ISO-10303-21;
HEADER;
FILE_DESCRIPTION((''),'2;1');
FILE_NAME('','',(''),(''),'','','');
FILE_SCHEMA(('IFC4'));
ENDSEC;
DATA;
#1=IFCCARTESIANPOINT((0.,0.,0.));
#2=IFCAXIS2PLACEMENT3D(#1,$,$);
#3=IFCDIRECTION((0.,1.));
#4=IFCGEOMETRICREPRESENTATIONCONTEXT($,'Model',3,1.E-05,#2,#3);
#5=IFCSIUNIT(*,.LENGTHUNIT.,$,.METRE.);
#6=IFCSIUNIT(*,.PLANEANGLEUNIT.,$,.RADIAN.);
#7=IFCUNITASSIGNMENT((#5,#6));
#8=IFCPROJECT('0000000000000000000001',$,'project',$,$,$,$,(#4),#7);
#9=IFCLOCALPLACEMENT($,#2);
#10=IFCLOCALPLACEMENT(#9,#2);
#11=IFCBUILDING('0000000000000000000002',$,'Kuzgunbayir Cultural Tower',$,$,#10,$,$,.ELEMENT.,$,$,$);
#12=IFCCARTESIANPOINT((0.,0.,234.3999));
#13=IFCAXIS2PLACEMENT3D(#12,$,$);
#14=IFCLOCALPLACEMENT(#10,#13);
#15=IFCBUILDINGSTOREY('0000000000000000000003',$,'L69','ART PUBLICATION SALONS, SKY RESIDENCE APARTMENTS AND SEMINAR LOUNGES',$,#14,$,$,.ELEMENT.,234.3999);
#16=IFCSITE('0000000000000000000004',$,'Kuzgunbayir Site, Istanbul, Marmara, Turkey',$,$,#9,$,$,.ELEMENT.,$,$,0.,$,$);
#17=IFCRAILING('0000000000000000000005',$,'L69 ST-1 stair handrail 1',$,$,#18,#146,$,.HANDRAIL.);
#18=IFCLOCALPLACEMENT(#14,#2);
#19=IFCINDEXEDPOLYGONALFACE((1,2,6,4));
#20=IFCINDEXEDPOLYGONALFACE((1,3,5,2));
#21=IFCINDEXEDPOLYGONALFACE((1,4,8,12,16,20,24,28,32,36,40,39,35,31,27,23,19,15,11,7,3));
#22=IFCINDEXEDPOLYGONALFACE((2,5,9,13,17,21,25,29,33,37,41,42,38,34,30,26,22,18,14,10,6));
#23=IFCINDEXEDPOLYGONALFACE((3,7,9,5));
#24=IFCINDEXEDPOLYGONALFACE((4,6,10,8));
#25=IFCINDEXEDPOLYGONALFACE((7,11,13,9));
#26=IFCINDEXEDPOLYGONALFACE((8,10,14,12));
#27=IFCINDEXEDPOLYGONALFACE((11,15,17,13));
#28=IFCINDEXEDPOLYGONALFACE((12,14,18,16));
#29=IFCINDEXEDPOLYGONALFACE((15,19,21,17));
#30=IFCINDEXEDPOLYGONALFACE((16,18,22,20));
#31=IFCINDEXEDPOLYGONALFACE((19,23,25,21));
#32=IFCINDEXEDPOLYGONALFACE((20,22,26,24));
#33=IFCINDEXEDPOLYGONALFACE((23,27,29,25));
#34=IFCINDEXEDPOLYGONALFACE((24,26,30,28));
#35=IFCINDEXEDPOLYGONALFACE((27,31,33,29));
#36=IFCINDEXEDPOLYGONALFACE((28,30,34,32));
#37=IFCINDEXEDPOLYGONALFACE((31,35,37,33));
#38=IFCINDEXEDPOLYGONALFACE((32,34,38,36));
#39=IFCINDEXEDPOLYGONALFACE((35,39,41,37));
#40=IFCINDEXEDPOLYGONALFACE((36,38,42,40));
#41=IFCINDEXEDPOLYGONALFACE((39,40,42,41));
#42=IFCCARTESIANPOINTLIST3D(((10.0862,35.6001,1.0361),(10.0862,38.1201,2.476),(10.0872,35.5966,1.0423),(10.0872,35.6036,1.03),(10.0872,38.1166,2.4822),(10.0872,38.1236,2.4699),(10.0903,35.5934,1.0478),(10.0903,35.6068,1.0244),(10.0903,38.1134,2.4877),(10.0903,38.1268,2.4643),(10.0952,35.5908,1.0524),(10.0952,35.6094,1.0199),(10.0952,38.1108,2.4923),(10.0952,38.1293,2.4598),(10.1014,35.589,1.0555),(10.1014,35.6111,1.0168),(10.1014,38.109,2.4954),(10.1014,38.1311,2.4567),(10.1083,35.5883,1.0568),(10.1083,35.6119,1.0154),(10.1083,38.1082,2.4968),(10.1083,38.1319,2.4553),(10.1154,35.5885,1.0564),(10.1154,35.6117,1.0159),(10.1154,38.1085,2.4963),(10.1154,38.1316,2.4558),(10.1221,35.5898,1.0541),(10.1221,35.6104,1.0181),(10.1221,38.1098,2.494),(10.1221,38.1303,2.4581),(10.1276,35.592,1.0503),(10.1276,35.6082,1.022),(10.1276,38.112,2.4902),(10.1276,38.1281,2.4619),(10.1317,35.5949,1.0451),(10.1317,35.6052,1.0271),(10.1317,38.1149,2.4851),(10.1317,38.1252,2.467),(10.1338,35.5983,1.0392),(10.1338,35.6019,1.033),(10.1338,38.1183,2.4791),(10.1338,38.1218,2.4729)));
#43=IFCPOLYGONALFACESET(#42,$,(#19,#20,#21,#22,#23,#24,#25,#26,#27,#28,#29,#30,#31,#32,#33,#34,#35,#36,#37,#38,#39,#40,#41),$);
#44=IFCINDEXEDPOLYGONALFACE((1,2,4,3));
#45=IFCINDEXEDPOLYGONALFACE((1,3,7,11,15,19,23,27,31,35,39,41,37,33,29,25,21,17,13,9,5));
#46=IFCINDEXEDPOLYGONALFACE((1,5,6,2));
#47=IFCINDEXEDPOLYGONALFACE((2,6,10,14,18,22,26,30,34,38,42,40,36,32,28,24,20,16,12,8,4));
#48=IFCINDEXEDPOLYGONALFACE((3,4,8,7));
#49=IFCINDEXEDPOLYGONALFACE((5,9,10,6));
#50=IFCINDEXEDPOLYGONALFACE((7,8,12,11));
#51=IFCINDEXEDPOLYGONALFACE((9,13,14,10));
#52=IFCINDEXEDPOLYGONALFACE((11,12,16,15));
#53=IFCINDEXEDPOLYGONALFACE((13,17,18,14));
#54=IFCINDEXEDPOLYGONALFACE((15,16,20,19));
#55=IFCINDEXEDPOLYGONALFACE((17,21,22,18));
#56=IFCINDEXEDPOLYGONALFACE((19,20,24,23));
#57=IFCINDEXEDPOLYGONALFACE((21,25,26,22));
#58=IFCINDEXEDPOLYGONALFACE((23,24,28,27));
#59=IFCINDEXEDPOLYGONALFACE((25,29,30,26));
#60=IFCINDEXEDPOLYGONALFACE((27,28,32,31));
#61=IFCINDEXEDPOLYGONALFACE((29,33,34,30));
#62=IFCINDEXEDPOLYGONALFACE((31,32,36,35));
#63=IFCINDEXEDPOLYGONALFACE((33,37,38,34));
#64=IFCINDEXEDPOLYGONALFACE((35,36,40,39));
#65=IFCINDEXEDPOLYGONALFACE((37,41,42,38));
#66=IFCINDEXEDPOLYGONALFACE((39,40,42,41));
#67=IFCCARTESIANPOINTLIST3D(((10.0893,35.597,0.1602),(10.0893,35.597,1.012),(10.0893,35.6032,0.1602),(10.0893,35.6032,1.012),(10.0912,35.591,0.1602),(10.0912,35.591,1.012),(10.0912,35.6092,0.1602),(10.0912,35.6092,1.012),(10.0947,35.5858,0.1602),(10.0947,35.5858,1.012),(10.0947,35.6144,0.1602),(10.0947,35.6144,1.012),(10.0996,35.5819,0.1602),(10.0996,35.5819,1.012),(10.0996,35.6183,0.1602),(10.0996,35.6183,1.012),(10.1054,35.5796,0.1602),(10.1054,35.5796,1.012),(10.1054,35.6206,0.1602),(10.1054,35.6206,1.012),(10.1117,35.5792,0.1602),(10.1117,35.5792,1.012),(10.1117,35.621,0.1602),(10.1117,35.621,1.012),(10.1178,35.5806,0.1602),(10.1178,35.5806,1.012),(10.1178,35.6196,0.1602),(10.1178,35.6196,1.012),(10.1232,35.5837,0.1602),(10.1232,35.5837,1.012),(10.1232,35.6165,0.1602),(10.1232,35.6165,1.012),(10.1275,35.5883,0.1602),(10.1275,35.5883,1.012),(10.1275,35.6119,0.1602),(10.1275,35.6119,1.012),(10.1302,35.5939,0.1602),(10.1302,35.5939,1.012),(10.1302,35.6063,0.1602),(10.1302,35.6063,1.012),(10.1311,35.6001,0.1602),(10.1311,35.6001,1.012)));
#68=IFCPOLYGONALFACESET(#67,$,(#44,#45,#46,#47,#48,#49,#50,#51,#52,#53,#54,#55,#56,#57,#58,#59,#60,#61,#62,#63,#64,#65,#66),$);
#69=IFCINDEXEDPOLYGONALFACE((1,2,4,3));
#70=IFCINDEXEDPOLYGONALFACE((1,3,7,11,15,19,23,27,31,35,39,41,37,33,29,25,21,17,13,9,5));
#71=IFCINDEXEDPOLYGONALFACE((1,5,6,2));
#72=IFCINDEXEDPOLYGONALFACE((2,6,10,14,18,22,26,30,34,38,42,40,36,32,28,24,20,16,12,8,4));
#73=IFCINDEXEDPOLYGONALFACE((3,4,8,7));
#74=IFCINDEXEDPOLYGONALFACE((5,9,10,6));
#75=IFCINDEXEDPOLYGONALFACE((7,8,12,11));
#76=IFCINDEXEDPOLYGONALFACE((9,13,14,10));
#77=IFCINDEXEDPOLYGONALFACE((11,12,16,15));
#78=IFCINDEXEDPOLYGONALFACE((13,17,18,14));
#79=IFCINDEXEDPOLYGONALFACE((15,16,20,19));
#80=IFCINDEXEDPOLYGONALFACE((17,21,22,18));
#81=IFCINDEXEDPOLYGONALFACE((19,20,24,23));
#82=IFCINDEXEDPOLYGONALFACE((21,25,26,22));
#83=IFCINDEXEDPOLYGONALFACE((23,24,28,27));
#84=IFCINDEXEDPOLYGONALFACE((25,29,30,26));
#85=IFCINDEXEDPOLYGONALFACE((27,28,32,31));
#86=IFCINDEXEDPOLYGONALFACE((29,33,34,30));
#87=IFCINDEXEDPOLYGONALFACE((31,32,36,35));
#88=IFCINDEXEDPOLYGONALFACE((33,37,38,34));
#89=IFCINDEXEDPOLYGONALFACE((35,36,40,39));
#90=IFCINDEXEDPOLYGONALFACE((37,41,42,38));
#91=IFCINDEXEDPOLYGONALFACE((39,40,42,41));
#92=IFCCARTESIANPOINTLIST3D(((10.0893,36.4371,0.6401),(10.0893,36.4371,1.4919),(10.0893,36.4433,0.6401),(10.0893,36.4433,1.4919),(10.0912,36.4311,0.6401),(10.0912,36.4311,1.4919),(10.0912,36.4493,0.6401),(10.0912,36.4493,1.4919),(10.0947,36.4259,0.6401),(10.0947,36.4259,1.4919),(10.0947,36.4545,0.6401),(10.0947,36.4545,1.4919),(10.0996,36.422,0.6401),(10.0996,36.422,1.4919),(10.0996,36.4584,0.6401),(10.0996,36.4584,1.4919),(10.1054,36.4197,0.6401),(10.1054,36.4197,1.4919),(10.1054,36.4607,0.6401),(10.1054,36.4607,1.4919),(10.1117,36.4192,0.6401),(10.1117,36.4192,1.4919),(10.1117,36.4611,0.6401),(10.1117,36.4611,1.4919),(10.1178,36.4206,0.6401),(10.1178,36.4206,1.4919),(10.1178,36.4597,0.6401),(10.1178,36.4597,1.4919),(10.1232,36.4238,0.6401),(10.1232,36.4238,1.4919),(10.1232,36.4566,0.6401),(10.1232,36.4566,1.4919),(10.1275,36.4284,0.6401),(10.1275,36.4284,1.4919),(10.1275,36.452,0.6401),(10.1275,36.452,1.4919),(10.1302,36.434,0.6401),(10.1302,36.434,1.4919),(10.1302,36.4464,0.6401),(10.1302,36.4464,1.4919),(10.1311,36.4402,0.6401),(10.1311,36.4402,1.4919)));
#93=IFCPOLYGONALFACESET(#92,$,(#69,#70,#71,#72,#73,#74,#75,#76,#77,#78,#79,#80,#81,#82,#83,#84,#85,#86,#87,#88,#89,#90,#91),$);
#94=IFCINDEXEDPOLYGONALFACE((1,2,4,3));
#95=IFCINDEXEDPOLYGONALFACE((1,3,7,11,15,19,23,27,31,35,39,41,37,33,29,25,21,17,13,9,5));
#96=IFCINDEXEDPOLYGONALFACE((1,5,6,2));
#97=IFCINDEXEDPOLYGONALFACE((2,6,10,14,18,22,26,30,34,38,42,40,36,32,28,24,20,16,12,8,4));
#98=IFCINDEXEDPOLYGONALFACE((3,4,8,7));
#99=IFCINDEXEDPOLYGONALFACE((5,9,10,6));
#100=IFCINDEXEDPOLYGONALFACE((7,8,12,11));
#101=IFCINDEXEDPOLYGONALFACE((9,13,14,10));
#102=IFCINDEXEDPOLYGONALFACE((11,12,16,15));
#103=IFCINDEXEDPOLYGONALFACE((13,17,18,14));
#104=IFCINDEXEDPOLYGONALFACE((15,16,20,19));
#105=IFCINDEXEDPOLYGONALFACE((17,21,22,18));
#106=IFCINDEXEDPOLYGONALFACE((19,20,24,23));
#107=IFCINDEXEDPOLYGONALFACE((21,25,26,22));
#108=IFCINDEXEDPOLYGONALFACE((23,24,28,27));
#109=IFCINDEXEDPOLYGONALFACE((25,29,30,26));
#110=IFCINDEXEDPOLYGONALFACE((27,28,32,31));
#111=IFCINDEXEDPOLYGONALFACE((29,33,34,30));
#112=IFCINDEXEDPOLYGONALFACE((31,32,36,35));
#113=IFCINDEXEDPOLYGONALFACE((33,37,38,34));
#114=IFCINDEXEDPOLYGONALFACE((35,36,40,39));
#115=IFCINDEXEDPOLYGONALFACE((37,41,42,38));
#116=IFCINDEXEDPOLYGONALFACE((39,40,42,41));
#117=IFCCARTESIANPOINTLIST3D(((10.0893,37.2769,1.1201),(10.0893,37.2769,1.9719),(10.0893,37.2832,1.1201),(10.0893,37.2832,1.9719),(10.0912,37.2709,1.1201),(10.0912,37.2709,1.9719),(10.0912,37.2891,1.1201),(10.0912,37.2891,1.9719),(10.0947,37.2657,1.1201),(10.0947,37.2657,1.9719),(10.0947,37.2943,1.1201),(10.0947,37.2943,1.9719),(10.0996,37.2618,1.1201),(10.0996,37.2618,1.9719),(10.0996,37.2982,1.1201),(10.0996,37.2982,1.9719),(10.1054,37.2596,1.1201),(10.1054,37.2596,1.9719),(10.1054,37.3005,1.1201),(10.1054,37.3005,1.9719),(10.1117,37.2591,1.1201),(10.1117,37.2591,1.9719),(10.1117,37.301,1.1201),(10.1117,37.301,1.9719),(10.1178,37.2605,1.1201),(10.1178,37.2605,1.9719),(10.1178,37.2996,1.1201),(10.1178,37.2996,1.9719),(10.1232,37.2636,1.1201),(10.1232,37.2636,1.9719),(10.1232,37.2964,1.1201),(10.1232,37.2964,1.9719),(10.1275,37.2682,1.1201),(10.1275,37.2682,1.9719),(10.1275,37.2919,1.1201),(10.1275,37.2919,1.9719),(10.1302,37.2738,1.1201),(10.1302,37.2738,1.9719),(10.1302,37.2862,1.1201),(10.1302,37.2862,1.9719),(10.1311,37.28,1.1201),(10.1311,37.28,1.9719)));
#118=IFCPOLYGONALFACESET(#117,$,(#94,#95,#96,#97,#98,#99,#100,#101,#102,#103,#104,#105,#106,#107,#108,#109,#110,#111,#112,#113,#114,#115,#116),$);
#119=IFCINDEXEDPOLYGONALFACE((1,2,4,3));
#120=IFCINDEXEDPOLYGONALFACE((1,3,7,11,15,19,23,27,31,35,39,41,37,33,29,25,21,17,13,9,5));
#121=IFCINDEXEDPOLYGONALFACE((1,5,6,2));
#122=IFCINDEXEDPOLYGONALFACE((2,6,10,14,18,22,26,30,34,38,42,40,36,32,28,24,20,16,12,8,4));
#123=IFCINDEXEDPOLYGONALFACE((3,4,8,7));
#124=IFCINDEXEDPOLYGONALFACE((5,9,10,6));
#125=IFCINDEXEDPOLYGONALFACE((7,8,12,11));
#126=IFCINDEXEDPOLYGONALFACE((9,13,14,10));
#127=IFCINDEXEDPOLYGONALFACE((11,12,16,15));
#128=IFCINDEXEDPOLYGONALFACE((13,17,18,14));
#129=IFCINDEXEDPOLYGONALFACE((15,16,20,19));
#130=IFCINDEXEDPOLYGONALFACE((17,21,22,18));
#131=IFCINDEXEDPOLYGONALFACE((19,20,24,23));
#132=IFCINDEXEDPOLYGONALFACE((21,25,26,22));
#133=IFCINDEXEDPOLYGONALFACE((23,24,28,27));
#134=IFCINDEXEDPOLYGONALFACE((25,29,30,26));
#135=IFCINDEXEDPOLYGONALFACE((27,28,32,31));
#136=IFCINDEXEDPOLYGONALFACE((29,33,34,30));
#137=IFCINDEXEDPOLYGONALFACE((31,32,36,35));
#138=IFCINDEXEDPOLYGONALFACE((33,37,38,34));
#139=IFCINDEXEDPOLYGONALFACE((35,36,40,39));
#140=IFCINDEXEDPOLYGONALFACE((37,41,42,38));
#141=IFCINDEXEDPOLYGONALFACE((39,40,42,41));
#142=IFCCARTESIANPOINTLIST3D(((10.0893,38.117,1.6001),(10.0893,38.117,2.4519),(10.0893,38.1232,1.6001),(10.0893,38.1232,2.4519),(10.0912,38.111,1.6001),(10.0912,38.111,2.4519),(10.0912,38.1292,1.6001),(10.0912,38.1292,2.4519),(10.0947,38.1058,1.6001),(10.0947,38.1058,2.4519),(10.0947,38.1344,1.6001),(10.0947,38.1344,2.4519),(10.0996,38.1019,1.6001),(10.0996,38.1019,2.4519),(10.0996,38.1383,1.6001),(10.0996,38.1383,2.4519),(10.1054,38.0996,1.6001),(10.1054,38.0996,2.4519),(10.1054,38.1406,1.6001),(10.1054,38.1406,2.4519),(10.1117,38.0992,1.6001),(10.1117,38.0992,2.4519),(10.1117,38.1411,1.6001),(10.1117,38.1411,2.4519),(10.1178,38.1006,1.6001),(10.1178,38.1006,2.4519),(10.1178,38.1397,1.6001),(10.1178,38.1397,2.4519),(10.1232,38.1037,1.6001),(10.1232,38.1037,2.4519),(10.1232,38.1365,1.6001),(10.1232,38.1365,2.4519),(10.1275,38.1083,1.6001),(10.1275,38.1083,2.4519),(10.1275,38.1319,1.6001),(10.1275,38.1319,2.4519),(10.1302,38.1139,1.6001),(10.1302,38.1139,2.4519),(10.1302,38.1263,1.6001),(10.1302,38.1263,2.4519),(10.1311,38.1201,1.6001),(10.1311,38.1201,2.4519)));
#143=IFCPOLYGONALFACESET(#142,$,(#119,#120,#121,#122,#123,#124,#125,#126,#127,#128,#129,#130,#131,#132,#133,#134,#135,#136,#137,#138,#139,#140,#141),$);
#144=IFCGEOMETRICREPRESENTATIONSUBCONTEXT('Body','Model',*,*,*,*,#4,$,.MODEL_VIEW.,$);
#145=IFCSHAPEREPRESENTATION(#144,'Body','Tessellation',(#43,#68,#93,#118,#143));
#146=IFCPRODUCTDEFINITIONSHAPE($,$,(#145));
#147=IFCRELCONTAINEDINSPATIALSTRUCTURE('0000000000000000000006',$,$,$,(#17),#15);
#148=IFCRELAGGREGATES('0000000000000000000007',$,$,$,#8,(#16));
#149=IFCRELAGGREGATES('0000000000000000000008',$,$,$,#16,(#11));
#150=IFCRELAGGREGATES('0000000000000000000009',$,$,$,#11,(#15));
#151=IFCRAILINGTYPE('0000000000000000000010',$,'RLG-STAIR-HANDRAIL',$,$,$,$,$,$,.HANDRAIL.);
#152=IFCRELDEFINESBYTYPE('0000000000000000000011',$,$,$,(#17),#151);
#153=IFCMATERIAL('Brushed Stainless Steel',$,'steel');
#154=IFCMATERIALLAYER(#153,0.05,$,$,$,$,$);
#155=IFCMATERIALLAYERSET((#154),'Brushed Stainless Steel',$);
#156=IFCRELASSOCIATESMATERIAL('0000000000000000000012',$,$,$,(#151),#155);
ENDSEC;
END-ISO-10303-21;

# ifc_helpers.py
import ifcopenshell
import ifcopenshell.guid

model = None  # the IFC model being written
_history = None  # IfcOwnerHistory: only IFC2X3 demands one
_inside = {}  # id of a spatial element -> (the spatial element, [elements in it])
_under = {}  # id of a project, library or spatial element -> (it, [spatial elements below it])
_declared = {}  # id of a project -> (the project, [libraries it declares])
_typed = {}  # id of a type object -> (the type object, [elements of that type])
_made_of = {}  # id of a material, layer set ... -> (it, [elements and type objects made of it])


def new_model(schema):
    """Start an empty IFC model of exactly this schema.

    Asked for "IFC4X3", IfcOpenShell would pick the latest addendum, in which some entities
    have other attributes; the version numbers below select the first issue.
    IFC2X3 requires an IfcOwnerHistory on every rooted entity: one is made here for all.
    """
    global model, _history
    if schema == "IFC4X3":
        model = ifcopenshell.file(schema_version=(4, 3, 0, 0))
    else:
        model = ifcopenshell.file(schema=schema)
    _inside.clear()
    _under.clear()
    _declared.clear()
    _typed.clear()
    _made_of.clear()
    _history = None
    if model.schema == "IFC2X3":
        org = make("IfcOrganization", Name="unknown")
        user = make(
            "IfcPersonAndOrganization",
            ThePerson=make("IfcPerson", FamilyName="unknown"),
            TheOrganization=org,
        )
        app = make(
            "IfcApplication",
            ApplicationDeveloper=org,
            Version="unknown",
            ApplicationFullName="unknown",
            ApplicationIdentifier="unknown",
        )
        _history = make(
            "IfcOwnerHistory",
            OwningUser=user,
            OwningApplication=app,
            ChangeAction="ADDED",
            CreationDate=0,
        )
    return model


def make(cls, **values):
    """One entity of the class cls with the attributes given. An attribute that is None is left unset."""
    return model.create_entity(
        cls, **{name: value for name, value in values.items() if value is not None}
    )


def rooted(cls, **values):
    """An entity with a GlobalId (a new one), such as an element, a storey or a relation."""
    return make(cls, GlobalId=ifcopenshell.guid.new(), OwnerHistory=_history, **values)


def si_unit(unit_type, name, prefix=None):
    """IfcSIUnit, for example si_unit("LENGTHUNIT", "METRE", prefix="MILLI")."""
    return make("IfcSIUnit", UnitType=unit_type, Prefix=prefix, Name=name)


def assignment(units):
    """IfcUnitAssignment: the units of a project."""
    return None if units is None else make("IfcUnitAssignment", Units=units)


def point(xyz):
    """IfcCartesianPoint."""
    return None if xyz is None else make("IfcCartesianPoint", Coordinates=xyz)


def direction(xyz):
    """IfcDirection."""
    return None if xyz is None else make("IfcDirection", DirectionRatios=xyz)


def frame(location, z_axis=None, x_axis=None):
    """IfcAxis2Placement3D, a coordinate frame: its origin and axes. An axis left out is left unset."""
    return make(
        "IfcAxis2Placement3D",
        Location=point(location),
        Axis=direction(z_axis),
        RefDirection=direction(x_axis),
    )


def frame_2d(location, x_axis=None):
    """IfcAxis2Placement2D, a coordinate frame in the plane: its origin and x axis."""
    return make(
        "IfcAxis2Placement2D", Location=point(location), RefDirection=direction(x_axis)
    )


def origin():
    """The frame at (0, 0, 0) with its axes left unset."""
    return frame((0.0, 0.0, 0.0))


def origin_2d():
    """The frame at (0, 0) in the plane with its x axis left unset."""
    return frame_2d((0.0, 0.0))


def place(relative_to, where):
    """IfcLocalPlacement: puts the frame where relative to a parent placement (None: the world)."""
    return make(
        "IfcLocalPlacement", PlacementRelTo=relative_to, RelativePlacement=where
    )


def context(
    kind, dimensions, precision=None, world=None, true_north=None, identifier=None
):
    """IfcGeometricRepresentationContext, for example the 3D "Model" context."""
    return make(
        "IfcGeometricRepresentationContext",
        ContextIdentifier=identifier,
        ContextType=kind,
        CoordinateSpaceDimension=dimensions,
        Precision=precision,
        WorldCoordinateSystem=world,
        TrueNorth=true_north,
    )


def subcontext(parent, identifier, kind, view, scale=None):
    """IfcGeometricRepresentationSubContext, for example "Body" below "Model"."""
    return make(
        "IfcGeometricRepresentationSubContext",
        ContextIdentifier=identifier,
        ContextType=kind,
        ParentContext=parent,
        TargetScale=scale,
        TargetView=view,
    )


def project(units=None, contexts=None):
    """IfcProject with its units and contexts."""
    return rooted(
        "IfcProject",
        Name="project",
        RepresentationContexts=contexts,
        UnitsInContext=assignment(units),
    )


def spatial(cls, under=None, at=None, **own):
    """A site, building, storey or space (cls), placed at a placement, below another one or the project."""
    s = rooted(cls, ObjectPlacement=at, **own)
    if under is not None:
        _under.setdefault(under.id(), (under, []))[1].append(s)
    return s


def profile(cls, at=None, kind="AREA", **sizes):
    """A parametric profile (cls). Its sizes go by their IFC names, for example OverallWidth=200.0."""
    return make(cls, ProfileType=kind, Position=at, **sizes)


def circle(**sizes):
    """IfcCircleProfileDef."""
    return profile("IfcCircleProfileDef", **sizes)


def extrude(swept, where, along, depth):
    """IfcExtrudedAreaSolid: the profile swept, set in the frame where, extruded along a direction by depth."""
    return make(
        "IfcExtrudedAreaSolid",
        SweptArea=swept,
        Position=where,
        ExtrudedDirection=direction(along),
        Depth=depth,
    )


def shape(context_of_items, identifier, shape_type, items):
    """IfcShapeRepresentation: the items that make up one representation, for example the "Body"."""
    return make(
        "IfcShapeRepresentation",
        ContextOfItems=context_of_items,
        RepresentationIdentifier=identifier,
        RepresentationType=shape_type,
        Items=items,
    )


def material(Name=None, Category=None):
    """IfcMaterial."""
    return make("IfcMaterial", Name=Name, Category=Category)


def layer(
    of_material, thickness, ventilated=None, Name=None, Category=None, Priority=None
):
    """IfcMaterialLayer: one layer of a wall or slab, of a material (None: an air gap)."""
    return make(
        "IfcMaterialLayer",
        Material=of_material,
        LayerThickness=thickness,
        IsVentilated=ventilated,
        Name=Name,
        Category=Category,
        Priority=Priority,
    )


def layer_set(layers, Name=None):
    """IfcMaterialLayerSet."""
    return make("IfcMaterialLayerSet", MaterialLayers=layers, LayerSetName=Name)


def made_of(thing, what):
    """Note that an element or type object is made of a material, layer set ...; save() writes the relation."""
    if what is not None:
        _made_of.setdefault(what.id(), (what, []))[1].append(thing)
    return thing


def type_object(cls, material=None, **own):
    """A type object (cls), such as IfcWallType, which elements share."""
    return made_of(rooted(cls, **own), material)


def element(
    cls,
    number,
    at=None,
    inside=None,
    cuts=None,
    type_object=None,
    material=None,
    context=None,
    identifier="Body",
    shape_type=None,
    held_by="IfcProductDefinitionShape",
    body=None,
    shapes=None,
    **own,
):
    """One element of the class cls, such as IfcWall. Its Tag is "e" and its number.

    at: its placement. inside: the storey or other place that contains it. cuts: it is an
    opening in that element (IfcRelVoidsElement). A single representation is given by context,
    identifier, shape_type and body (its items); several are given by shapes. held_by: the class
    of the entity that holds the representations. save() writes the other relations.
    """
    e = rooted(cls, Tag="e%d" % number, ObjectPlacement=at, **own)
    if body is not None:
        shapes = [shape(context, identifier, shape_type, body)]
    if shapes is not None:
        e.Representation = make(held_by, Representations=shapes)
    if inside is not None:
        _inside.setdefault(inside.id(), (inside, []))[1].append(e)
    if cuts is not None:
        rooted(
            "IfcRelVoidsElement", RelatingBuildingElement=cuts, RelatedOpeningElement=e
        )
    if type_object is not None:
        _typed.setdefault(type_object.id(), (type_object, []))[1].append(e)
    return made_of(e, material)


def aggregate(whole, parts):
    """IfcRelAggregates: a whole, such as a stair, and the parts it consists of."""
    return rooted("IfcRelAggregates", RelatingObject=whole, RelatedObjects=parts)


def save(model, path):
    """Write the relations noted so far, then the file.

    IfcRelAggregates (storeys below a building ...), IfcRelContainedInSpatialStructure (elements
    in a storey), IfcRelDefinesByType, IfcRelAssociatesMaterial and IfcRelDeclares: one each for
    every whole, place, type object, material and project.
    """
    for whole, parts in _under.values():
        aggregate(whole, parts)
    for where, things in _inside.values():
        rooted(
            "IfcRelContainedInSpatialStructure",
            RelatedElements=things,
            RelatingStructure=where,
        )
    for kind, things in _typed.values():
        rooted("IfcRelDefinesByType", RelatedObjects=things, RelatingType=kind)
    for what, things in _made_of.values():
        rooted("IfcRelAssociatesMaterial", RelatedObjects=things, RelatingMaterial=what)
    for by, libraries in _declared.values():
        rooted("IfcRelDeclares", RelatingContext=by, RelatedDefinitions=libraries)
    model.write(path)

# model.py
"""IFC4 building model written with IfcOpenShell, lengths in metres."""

from ifc_helpers import new_model, si_unit, direction, frame, origin, origin_2d, place, context, subcontext, project, spatial, circle, extrude, material, layer, layer_set, type_object, element, save


model = new_model("IFC4")

# Units and contexts
model_context = context("Model", 3, precision=1e-05, world=origin(), true_north=direction((0.0, 1.0)))
body_context = subcontext(model_context, "Body", "Model", "MODEL_VIEW")
ifc_project = project(units=[si_unit("LENGTHUNIT", "METRE"), si_unit("PLANEANGLEUNIT", "RADIAN")], contexts=[model_context])

# Site, building, storey
site_placement = place(None, origin())
site = spatial("IfcSite", under=ifc_project, at=site_placement, Name="Kuzgunbayir Site, Istanbul, Marmara, Turkey", CompositionType="ELEMENT", RefElevation=0.0)
building_placement = place(site_placement, origin())
building = spatial("IfcBuilding", under=site, at=building_placement, Name="Kuzgunbayir Cultural Tower", CompositionType="ELEMENT")
storey_placement = place(building_placement, frame((0.0, 0.0, 234.3999)))
storey = spatial("IfcBuildingStorey", under=building, at=storey_placement, Name="L69", Description="ART PUBLICATION SALONS, SKY RESIDENCE APARTMENTS AND SEMINAR LOUNGES", CompositionType="ELEMENT", Elevation=234.3999)

# Shared definitions
ifc_material_1 = material(Name="Brushed Stainless Steel", Category="steel")

# Railing
ifc_layer_1 = layer(ifc_material_1, 0.05)
ifc_layer_set_1 = layer_set([ifc_layer_1], Name="Brushed Stainless Steel")
railing_type_1 = type_object("IfcRailingType", Name="RLG-STAIR-HANDRAIL", PredefinedType="HANDRAIL", material=ifc_layer_set_1)
railing_1_placement = place(storey_placement, frame((10.1101, 35.6001, 0.1602)))
element("IfcRailing", 1, at=railing_1_placement, inside=storey, type_object=railing_type_1, Name="L69 ST-1 stair handrail 1", PredefinedType="HANDRAIL", context=body_context, shape_type="SweptSolid", body=[
    extrude(circle(Radius=0.0239, at=origin_2d()), frame((0.0, 0.0, 0.876), z_axis=(0.0, 0.868253, 0.496121), x_axis=(-1.0, 0.0, 0.0)), (0.0, 0.0, 1.0), 2.9023),
    extrude(circle(Radius=0.021, at=origin_2d()), origin(), (0.0, 0.0, 1.0), 0.8518),
    extrude(circle(Radius=0.021, at=origin_2d()), frame((0.0, 0.8401, 0.48)), (0.0, 0.0, 1.0), 0.8518),
    extrude(circle(Radius=0.021, at=origin_2d()), frame((0.0, 1.6799, 0.96)), (0.0, 0.0, 1.0), 0.8518),
    extrude(circle(Radius=0.021, at=origin_2d()), frame((0.0, 2.52, 1.4399)), (0.0, 0.0, 1.0), 0.8518),
])

save(model, "model.ifc")
